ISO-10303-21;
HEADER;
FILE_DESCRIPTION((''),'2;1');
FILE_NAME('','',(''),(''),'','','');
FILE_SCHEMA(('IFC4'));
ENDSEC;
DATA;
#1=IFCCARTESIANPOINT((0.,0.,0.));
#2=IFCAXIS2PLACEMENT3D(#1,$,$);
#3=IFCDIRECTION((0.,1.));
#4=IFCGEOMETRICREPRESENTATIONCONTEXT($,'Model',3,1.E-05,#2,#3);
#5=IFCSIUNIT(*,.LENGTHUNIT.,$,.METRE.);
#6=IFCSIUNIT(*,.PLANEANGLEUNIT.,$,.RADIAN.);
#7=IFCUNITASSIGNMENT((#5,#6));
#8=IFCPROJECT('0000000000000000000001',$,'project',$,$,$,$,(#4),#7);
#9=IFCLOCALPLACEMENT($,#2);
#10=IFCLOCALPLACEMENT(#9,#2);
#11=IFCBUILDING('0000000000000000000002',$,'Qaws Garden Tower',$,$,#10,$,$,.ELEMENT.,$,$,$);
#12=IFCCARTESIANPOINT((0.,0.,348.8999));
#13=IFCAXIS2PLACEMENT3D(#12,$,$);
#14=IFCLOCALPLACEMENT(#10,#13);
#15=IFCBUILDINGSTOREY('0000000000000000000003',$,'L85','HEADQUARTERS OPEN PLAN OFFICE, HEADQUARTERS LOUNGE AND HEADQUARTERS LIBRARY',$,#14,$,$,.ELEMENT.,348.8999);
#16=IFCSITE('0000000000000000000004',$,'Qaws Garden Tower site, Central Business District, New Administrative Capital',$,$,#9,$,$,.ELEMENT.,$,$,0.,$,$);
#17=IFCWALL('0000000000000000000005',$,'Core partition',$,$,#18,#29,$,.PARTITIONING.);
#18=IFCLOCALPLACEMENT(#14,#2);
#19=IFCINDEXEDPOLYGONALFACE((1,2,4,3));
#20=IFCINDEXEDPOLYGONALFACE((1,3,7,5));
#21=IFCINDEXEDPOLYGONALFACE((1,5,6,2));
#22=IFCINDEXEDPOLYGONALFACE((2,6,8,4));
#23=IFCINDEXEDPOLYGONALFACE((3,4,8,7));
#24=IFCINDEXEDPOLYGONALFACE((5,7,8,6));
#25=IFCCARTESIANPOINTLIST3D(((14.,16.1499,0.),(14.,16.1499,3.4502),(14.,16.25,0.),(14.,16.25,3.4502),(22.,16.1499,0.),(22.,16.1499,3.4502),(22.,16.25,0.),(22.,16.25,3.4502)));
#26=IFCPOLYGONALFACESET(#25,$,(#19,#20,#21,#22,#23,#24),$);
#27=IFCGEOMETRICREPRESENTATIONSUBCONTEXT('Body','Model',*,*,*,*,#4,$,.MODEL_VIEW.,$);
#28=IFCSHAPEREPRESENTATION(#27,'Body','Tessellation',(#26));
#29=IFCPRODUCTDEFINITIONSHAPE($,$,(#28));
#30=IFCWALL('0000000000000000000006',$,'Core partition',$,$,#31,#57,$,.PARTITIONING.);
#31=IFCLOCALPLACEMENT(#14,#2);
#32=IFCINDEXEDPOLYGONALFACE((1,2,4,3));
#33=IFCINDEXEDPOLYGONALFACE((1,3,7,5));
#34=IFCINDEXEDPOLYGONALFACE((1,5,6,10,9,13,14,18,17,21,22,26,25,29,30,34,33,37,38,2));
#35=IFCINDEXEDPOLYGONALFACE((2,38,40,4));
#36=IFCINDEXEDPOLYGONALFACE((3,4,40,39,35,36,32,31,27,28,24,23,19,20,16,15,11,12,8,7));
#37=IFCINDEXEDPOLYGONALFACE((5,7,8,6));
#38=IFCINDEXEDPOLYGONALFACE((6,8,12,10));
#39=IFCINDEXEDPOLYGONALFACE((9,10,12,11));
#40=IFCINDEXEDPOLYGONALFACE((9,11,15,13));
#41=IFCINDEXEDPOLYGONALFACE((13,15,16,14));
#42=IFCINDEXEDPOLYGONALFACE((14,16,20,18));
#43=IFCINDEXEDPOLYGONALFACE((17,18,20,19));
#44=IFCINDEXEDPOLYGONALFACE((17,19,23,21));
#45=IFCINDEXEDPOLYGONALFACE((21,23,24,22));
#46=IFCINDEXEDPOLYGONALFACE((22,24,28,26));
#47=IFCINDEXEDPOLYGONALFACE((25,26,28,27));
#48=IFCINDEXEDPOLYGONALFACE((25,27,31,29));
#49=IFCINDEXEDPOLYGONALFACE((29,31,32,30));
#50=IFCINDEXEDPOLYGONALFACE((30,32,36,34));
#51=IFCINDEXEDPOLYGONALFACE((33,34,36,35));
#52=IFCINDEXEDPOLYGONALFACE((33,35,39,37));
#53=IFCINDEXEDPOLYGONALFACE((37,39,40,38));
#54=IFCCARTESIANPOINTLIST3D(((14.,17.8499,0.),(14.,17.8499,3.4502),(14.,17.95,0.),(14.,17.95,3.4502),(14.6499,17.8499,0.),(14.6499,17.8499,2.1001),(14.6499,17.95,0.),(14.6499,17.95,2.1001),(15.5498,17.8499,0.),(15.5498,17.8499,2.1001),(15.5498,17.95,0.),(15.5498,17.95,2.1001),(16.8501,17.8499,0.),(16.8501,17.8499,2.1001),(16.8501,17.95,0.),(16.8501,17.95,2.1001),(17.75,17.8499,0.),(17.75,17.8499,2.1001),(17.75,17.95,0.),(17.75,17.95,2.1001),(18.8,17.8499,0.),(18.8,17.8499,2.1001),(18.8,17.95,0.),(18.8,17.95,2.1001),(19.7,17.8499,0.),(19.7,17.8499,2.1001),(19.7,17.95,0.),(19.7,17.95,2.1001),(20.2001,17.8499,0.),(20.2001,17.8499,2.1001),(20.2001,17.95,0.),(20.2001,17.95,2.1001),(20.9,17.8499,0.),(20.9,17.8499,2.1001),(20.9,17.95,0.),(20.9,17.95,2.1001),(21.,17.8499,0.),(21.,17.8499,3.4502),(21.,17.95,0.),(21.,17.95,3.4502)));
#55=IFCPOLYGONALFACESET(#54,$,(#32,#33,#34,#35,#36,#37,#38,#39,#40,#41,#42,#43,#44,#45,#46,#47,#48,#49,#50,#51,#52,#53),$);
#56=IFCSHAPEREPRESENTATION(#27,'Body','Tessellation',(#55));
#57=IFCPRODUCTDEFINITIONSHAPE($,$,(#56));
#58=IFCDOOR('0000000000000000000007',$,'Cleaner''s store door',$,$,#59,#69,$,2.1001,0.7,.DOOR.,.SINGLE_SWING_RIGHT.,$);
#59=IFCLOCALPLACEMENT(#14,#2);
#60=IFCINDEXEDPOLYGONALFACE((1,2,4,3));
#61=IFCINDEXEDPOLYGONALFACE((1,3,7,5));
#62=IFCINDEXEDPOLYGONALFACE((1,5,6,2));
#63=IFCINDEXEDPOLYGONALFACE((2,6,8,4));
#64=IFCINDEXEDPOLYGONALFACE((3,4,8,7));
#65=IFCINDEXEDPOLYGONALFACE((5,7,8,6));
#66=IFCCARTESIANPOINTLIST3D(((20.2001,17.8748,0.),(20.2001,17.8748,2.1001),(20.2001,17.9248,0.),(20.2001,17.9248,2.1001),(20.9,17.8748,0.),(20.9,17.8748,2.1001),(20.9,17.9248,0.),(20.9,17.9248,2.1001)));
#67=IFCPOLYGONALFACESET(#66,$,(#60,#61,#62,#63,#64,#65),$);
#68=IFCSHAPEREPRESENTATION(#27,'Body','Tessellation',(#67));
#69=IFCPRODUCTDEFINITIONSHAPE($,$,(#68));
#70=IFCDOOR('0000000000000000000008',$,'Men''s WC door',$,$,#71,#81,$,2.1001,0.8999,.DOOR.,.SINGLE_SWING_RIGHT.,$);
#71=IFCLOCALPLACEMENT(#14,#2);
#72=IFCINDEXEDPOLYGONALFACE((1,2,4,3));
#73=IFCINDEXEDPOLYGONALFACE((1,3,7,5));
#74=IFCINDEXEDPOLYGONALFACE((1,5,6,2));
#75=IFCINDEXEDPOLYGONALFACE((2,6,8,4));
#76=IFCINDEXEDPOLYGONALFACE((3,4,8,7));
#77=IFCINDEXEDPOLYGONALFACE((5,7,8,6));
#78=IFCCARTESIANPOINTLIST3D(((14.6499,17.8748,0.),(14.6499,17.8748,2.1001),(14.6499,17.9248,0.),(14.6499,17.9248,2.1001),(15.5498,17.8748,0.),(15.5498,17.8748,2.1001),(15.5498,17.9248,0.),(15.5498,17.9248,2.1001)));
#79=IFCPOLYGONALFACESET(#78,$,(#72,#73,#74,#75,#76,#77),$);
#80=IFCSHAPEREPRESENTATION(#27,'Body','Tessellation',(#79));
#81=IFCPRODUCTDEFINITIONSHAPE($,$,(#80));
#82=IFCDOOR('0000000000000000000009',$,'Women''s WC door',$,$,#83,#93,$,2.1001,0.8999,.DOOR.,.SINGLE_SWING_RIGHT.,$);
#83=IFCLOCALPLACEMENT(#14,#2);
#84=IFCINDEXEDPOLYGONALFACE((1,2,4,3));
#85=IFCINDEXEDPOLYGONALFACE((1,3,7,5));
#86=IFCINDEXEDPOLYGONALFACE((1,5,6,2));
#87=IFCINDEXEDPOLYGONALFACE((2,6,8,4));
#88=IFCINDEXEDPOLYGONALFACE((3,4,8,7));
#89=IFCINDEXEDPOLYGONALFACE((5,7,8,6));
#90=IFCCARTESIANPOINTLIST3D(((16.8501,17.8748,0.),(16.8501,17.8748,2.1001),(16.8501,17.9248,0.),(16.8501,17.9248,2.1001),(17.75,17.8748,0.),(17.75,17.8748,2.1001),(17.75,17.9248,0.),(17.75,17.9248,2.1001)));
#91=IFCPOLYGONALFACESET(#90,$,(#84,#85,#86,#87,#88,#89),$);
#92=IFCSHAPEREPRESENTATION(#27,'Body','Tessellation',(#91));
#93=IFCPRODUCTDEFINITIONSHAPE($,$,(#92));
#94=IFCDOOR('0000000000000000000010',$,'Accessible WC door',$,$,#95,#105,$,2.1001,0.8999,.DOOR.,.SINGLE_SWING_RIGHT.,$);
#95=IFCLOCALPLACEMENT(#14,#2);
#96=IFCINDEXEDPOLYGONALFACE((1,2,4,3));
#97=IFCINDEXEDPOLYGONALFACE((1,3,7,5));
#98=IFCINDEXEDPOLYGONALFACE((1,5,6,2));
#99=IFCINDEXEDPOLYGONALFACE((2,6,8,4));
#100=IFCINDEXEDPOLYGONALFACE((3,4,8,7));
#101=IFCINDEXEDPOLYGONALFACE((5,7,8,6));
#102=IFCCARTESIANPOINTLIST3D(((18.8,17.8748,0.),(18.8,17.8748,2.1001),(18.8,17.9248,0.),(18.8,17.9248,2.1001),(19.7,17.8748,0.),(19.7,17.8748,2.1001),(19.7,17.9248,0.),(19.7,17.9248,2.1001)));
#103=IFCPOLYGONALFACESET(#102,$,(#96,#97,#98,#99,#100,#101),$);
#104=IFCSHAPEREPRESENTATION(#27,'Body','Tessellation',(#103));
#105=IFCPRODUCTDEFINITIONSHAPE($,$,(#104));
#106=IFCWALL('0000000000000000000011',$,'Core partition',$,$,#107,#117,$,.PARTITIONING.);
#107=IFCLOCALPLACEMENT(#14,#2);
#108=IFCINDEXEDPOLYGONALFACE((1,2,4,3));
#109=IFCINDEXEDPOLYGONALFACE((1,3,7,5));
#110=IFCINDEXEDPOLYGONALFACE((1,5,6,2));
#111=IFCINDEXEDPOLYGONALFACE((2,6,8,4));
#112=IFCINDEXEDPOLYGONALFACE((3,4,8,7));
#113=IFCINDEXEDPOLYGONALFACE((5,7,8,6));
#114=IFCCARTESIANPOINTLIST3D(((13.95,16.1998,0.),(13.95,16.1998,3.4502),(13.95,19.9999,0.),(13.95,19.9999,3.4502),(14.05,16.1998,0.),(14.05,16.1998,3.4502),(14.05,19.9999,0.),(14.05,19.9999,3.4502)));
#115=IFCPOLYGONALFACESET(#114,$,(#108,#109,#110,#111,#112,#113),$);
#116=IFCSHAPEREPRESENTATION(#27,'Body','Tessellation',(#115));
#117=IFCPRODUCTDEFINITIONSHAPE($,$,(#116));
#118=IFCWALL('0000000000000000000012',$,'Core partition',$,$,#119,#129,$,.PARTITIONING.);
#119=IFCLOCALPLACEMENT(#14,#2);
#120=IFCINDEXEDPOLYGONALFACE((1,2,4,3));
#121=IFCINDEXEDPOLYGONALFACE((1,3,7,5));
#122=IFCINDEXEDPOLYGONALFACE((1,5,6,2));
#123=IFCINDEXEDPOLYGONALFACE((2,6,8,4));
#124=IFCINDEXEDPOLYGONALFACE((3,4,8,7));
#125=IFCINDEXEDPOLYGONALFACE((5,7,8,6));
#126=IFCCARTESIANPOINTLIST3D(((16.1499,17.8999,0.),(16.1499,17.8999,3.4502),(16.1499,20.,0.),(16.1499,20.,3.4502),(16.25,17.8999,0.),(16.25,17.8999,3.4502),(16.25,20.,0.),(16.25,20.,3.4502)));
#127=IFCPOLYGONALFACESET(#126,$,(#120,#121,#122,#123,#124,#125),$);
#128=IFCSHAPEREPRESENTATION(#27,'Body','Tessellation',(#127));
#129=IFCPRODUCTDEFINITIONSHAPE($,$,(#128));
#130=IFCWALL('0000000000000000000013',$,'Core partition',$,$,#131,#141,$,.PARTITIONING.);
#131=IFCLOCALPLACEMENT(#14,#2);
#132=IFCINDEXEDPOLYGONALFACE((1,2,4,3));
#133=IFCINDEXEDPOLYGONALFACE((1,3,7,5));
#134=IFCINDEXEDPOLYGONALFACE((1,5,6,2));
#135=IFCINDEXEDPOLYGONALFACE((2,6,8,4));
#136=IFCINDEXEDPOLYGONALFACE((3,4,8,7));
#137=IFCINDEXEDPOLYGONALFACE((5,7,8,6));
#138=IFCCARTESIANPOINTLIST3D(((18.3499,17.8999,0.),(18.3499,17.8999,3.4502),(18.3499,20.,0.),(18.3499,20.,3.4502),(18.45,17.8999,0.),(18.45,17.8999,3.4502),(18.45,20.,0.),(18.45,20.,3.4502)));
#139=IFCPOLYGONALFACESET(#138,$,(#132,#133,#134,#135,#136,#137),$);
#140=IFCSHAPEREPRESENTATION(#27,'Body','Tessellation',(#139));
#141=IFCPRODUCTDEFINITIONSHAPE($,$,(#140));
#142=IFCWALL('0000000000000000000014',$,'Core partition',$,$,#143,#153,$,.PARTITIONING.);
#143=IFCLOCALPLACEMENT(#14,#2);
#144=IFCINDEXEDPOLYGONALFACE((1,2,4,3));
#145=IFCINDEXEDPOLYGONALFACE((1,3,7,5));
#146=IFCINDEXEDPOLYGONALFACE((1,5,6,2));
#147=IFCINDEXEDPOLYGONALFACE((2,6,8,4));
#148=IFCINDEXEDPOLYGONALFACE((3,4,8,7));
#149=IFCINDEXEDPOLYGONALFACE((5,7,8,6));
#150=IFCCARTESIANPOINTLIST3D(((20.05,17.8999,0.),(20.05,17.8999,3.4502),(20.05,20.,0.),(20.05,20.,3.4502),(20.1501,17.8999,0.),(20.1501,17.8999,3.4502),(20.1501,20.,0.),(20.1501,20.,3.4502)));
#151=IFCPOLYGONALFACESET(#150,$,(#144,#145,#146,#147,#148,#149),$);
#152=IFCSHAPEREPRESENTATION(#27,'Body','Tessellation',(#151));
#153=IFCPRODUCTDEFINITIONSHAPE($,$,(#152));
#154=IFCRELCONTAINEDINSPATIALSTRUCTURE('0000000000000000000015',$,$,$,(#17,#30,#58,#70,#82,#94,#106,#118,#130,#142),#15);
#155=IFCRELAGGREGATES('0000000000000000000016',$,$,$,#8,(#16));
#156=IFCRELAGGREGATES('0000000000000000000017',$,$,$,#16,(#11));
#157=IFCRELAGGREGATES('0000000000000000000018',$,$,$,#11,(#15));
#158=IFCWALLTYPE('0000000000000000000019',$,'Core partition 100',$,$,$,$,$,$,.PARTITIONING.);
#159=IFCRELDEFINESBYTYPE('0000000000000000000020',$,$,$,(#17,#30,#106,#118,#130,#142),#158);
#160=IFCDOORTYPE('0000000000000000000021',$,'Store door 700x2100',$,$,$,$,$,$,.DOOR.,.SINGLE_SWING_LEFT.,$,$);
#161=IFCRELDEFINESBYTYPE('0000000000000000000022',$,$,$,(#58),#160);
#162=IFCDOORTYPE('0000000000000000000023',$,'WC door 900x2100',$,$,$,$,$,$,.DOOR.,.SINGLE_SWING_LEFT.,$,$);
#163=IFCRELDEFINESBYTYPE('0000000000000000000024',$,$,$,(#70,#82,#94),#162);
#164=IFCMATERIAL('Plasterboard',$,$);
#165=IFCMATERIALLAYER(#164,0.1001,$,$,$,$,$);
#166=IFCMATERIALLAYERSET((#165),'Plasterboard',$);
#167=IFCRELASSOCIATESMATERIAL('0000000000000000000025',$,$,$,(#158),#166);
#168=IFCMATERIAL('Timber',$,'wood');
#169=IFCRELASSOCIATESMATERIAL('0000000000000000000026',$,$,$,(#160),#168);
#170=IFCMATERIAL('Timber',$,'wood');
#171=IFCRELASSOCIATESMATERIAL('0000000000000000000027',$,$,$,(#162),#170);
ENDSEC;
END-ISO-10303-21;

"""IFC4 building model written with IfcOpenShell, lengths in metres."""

from ifc_helpers import new_model, si_unit, direction, frame, frame_2d, origin, place, context, subcontext, project, spatial, rectangle, extrude, material, layer, layer_set, type_object, element, fill, save


model = new_model("IFC4")

# Units and contexts
model_context = context("Model", 3, precision=1e-05, world=origin(), true_north=direction((0.0, 1.0)))
body_context = subcontext(model_context, "Body", "Model", "MODEL_VIEW")
ifc_project = project(units=[si_unit("LENGTHUNIT", "METRE"), si_unit("PLANEANGLEUNIT", "RADIAN")], contexts=[model_context])

# Site, building, storey
site_placement = place(None, origin())
site = spatial("IfcSite", under=ifc_project, at=site_placement, Name="Qaws Garden Tower site, Central Business District, New Administrative Capital", CompositionType="ELEMENT", RefElevation=0.0)
building_placement = place(site_placement, origin())
building = spatial("IfcBuilding", under=site, at=building_placement, Name="Qaws Garden Tower", CompositionType="ELEMENT")
storey_placement = place(building_placement, frame((0.0, 0.0, 348.8999)))
storey = spatial("IfcBuildingStorey", under=building, at=storey_placement, Name="L85", Description="HEADQUARTERS OPEN PLAN OFFICE, HEADQUARTERS LOUNGE AND HEADQUARTERS LIBRARY", CompositionType="ELEMENT", Elevation=348.8999)

# Wall
ifc_material_1 = material(Name="Plasterboard")
ifc_layer_1 = layer(ifc_material_1, 0.1001)
ifc_layer_set_1 = layer_set([ifc_layer_1], Name="Plasterboard")
wall_type_1 = type_object("IfcWallType", Name="Core partition 100", PredefinedType="PARTITIONING", material=ifc_layer_set_1)
wall_1_placement = place(storey_placement, frame((14.0, 16.2, 0.0), z_axis=(0.0, 0.0, 1.0), x_axis=(1.0, 0.0, 0.0)))
element("IfcWall", 1, at=wall_1_placement, inside=storey, type_object=wall_type_1, Name="Core partition", PredefinedType="PARTITIONING", context=body_context, shape_type="SweptSolid", body=[
    extrude(rectangle(XDim=8.0, YDim=0.1001, at=frame_2d((4.0, 0.0))), origin(), (0.0, 0.0, 1.0), 3.4502),
])

# Wall, openings, doors
wall_2_placement = place(storey_placement, frame((14.0, 17.8999, 0.0), z_axis=(0.0, 0.0, 1.0), x_axis=(1.0, 0.0, 0.0)))
wall_2 = element("IfcWall", 2, at=wall_2_placement, inside=storey, type_object=wall_type_1, Name="Core partition", PredefinedType="PARTITIONING", context=body_context, shape_type="SweptSolid", body=[
    extrude(rectangle(XDim=7.0, YDim=0.1001, at=frame_2d((3.5, 0.0))), origin(), (0.0, 0.0, 1.0), 3.4502),
])
opening_1_placement = place(wall_2_placement, frame((0.6499, 0.0, 0.0)))
opening_1 = element("IfcOpeningElement", 3, at=opening_1_placement, cuts=wall_2, PredefinedType="OPENING", context=body_context, shape_type="SweptSolid", body=[
    extrude(rectangle(XDim=0.8999, YDim=2.1001, at=frame_2d((0.45, 1.05))), frame((0.0, 0.0601, 0.0), z_axis=(0.0, -1.0, 0.0), x_axis=(1.0, 0.0, 0.0)), (0.0, 0.0, 1.0), 0.1201),
])
opening_2_placement = place(wall_2_placement, frame((2.8501, 0.0, 0.0)))
opening_2 = element("IfcOpeningElement", 4, at=opening_2_placement, cuts=wall_2, PredefinedType="OPENING", context=body_context, shape_type="SweptSolid", body=[
    extrude(rectangle(XDim=0.8999, YDim=2.1001, at=frame_2d((0.45, 1.05))), frame((0.0, 0.0601, 0.0), z_axis=(0.0, -1.0, 0.0), x_axis=(1.0, 0.0, 0.0)), (0.0, 0.0, 1.0), 0.1201),
])
opening_3_placement = place(wall_2_placement, frame((4.8, 0.0, 0.0)))
opening_3 = element("IfcOpeningElement", 5, at=opening_3_placement, cuts=wall_2, PredefinedType="OPENING", context=body_context, shape_type="SweptSolid", body=[
    extrude(rectangle(XDim=0.8999, YDim=2.1001, at=frame_2d((0.45, 1.05))), frame((0.0, 0.0601, 0.0), z_axis=(0.0, -1.0, 0.0), x_axis=(1.0, 0.0, 0.0)), (0.0, 0.0, 1.0), 0.1201),
])
opening_4_placement = place(wall_2_placement, frame((6.2, 0.0, 0.0)))
opening_4 = element("IfcOpeningElement", 6, at=opening_4_placement, cuts=wall_2, PredefinedType="OPENING", context=body_context, shape_type="SweptSolid", body=[
    extrude(rectangle(XDim=0.7, YDim=2.1001, at=frame_2d((0.3501, 1.05))), frame((0.0, 0.0601, 0.0), z_axis=(0.0, -1.0, 0.0), x_axis=(1.0, 0.0, 0.0)), (0.0, 0.0, 1.0), 0.1201),
])
ifc_material_2 = material(Name="Timber", Category="wood")
door_type_1 = type_object("IfcDoorType", Name="Store door 700x2100", OperationType="SINGLE_SWING_LEFT", PredefinedType="DOOR", material=ifc_material_2)
door_1_placement = place(opening_4_placement, origin())
door_1 = element("IfcDoor", 7, at=door_1_placement, inside=storey, type_object=door_type_1, Name="Cleaner's store door", OperationType="SINGLE_SWING_RIGHT", OverallHeight=2.1001, OverallWidth=0.7, PredefinedType="DOOR", context=body_context, shape_type="SweptSolid", body=[
    extrude(rectangle(XDim=0.7, YDim=2.1001, at=frame_2d((0.3501, 1.05))), frame((0.0, 0.0249, 0.0), z_axis=(0.0, -1.0, 0.0), x_axis=(1.0, 0.0, 0.0)), (0.0, 0.0, 1.0), 0.05),
])
fill(opening_4, door_1)
ifc_material_3 = material(Name="Timber", Category="wood")
door_type_2 = type_object("IfcDoorType", Name="WC door 900x2100", OperationType="SINGLE_SWING_LEFT", PredefinedType="DOOR", material=ifc_material_3)
door_2_placement = place(opening_1_placement, origin())
door_2 = element("IfcDoor", 8, at=door_2_placement, inside=storey, type_object=door_type_2, Name="Men's WC door", OperationType="SINGLE_SWING_RIGHT", OverallHeight=2.1001, OverallWidth=0.8999, PredefinedType="DOOR", context=body_context, shape_type="SweptSolid", body=[
    extrude(rectangle(XDim=0.8999, YDim=2.1001, at=frame_2d((0.45, 1.05))), frame((0.0, 0.0249, 0.0), z_axis=(0.0, -1.0, 0.0), x_axis=(1.0, 0.0, 0.0)), (0.0, 0.0, 1.0), 0.05),
])
fill(opening_1, door_2)
door_3_placement = place(opening_2_placement, origin())
door_3 = element("IfcDoor", 9, at=door_3_placement, inside=storey, type_object=door_type_2, Name="Women's WC door", OperationType="SINGLE_SWING_RIGHT", OverallHeight=2.1001, OverallWidth=0.8999, PredefinedType="DOOR", context=body_context, shape_type="SweptSolid", body=[
    extrude(rectangle(XDim=0.8999, YDim=2.1001, at=frame_2d((0.45, 1.05))), frame((0.0, 0.0249, 0.0), z_axis=(0.0, -1.0, 0.0), x_axis=(1.0, 0.0, 0.0)), (0.0, 0.0, 1.0), 0.05),
])
fill(opening_2, door_3)
door_4_placement = place(opening_3_placement, origin())
door_4 = element("IfcDoor", 10, at=door_4_placement, inside=storey, type_object=door_type_2, Name="Accessible WC door", OperationType="SINGLE_SWING_RIGHT", OverallHeight=2.1001, OverallWidth=0.8999, PredefinedType="DOOR", context=body_context, shape_type="SweptSolid", body=[
    extrude(rectangle(XDim=0.8999, YDim=2.1001, at=frame_2d((0.45, 1.05))), frame((0.0, 0.0249, 0.0), z_axis=(0.0, -1.0, 0.0), x_axis=(1.0, 0.0, 0.0)), (0.0, 0.0, 1.0), 0.05),
])
fill(opening_3, door_4)

# Walls
wall_3_placement = place(storey_placement, frame((14.0, 16.2, 0.0), z_axis=(0.0, 0.0, 1.0), x_axis=(0.0, 1.0, 0.0)))
element("IfcWall", 11, at=wall_3_placement, inside=storey, type_object=wall_type_1, Name="Core partition", PredefinedType="PARTITIONING", context=body_context, shape_type="SweptSolid", body=[
    extrude(rectangle(XDim=3.8, YDim=0.1001, at=frame_2d((1.8999, 0.0))), origin(), (0.0, 0.0, 1.0), 3.4502),
])
for number, where, z_axis, x_axis, name in (
    (12, (16.2, 17.8999, 0.0), (0.0, 0.0, 1.0), (0.0, 1.0, 0.0), "Core partition"),
    (13, (18.3999, 17.8999, 0.0), (0.0, 0.0, 1.0), (0.0, 1.0, 0.0), "Core partition"),
    (14, (20.1001, 17.8999, 0.0), (0.0, 0.0, 1.0), (0.0, 1.0, 0.0), "Core partition"),
):
    element("IfcWall", number, at=place(storey_placement, frame(where, z_axis=z_axis, x_axis=x_axis)), inside=storey, type_object=wall_type_1, Name=name, PredefinedType="PARTITIONING", context=body_context, shape_type="SweptSolid", body=[
        extrude(rectangle(XDim=2.1001, YDim=0.1001, at=frame_2d((1.05, 0.0))), origin(), (0.0, 0.0, 1.0), 3.4502),
    ])

save(model, "model.ifc")
